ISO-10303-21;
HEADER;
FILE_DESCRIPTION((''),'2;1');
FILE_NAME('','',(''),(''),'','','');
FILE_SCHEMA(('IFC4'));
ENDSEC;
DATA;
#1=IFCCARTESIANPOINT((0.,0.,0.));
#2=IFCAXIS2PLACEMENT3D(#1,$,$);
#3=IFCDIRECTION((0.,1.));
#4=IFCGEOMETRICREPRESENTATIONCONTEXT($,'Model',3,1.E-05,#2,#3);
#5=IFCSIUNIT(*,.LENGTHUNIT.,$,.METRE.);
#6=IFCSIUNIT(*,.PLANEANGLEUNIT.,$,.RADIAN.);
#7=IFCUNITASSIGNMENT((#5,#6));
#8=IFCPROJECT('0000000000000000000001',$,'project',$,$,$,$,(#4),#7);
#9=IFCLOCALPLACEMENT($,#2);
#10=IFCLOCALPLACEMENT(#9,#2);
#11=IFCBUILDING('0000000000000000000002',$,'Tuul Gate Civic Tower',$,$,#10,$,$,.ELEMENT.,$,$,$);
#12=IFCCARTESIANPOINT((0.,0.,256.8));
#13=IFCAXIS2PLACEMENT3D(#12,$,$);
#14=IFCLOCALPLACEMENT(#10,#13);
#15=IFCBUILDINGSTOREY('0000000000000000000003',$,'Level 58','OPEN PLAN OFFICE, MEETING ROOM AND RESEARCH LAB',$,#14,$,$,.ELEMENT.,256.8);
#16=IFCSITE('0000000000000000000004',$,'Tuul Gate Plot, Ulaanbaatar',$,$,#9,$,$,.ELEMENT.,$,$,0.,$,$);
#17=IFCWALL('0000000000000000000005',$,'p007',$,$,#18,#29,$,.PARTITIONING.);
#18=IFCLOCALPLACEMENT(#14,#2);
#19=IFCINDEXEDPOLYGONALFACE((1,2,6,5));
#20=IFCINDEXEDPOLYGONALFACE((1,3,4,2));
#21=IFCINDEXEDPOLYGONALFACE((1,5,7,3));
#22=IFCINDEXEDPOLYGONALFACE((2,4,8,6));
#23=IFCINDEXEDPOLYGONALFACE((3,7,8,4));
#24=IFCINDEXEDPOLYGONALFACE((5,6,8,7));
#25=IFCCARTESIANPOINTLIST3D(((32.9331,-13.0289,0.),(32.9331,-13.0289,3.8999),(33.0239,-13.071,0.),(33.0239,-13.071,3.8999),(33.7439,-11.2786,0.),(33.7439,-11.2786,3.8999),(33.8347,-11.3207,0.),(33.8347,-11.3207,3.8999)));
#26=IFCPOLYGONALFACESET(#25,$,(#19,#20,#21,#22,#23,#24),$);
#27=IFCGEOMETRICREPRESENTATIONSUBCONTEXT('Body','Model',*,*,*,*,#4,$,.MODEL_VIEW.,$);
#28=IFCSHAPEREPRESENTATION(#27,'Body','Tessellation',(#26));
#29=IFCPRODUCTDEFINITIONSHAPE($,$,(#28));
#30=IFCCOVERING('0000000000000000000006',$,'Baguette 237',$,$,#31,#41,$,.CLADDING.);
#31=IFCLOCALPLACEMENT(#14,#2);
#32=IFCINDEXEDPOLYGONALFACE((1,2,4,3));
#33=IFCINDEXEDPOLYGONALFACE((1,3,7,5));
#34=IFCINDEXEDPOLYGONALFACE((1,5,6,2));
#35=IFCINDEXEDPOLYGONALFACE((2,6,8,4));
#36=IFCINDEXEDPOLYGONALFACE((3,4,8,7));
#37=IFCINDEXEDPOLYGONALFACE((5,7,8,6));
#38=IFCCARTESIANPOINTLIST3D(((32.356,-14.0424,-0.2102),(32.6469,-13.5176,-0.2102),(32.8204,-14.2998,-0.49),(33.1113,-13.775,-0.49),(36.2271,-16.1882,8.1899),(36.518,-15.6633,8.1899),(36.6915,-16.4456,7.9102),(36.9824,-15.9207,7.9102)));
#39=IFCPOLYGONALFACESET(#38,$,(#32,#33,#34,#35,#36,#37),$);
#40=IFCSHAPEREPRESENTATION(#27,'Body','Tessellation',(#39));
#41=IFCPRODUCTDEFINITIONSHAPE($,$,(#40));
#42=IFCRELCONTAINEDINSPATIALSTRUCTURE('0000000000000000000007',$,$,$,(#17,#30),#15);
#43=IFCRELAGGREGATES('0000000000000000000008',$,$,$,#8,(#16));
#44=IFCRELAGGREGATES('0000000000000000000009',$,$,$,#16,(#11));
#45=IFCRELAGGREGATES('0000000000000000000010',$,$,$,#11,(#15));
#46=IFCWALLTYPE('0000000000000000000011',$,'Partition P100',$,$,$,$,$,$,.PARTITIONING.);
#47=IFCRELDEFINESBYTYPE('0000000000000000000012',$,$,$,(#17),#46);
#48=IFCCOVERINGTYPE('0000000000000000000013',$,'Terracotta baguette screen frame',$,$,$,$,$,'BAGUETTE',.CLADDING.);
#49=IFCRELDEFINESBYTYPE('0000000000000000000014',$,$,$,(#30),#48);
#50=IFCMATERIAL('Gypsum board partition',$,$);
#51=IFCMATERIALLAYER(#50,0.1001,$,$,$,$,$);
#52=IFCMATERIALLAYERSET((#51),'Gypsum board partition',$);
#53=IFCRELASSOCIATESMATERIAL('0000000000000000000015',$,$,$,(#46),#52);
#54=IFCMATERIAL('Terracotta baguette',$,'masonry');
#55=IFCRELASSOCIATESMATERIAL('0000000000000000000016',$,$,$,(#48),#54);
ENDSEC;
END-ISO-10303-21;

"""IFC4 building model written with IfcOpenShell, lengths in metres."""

from ifc_helpers import new_model, si_unit, direction, frame, frame_2d, origin, origin_2d, place, context, subcontext, project, spatial, rectangle, extrude, material, layer, layer_set, material_profile, profile_set, type_object, element, save


model = new_model("IFC4")

# Units and contexts
model_context = context("Model", 3, precision=1e-05, world=origin(), true_north=direction((0.0, 1.0)))
body_context = subcontext(model_context, "Body", "Model", "MODEL_VIEW")
ifc_project = project(units=[si_unit("LENGTHUNIT", "METRE"), si_unit("PLANEANGLEUNIT", "RADIAN")], contexts=[model_context])

# Site, building, storey
site_placement = place(None, origin())
site = spatial("IfcSite", under=ifc_project, at=site_placement, Name="Tuul Gate Plot, Ulaanbaatar", CompositionType="ELEMENT", RefElevation=0.0)
building_placement = place(site_placement, origin())
building = spatial("IfcBuilding", under=site, at=building_placement, Name="Tuul Gate Civic Tower", CompositionType="ELEMENT")
storey_placement = place(building_placement, frame((0.0, 0.0, 256.8)))
storey = spatial("IfcBuildingStorey", under=building, at=storey_placement, Name="Level 58", Description="OPEN PLAN OFFICE, MEETING ROOM AND RESEARCH LAB", CompositionType="ELEMENT", Elevation=256.8)

# Wall
ifc_material_1 = material(Name="Gypsum board partition")
ifc_layer_1 = layer(ifc_material_1, 0.1001)
ifc_layer_set_1 = layer_set([ifc_layer_1], Name="Gypsum board partition")
wall_type_1 = type_object("IfcWallType", Name="Partition P100", PredefinedType="PARTITIONING", material=ifc_layer_set_1)
wall_1_placement = place(storey_placement, frame((32.9785, -13.0498, 0.0), z_axis=(0.0, 0.0, 1.0), x_axis=(0.420334, 0.907369, 0.0)))
element("IfcWall", 1, at=wall_1_placement, inside=storey, type_object=wall_type_1, Name="p007", PredefinedType="PARTITIONING", context=body_context, shape_type="SweptSolid", body=[
    extrude(rectangle(XDim=1.929, YDim=0.1001, at=frame_2d((0.9644, 0.0))), origin(), (0.0, 0.0, 1.0), 3.8999),
])

# Covering
ifc_material_2 = material(Name="Terracotta baguette", Category="masonry")
ifc_material_profile_1 = material_profile(ifc_material_2, rectangle(XDim=0.6001, YDim=0.6001, at=origin_2d()), Name="Terracotta baguette screen frame")
ifc_profile_set_1 = profile_set([ifc_material_profile_1], Name="Terracotta baguette")
covering_type = type_object("IfcCoveringType", Name="Terracotta baguette screen frame", ElementType="BAGUETTE", PredefinedType="CLADDING", material=ifc_profile_set_1)
covering_placement = place(storey_placement, frame((32.7336, -13.9087, -0.3501), z_axis=(0.407705, -0.225991, 0.884706), x_axis=(0.484804, 0.874623, 0.0)))
element("IfcCovering", 2, at=covering_placement, inside=storey, type_object=covering_type, Name="Baguette 237", PredefinedType="CLADDING", context=body_context, shape_type="SweptSolid", body=[
    extrude(rectangle(XDim=0.6001, YDim=0.6001, at=origin_2d()), origin(), (0.0, 0.0, 1.0), 9.4949),
])

save(model, "model.ifc")
